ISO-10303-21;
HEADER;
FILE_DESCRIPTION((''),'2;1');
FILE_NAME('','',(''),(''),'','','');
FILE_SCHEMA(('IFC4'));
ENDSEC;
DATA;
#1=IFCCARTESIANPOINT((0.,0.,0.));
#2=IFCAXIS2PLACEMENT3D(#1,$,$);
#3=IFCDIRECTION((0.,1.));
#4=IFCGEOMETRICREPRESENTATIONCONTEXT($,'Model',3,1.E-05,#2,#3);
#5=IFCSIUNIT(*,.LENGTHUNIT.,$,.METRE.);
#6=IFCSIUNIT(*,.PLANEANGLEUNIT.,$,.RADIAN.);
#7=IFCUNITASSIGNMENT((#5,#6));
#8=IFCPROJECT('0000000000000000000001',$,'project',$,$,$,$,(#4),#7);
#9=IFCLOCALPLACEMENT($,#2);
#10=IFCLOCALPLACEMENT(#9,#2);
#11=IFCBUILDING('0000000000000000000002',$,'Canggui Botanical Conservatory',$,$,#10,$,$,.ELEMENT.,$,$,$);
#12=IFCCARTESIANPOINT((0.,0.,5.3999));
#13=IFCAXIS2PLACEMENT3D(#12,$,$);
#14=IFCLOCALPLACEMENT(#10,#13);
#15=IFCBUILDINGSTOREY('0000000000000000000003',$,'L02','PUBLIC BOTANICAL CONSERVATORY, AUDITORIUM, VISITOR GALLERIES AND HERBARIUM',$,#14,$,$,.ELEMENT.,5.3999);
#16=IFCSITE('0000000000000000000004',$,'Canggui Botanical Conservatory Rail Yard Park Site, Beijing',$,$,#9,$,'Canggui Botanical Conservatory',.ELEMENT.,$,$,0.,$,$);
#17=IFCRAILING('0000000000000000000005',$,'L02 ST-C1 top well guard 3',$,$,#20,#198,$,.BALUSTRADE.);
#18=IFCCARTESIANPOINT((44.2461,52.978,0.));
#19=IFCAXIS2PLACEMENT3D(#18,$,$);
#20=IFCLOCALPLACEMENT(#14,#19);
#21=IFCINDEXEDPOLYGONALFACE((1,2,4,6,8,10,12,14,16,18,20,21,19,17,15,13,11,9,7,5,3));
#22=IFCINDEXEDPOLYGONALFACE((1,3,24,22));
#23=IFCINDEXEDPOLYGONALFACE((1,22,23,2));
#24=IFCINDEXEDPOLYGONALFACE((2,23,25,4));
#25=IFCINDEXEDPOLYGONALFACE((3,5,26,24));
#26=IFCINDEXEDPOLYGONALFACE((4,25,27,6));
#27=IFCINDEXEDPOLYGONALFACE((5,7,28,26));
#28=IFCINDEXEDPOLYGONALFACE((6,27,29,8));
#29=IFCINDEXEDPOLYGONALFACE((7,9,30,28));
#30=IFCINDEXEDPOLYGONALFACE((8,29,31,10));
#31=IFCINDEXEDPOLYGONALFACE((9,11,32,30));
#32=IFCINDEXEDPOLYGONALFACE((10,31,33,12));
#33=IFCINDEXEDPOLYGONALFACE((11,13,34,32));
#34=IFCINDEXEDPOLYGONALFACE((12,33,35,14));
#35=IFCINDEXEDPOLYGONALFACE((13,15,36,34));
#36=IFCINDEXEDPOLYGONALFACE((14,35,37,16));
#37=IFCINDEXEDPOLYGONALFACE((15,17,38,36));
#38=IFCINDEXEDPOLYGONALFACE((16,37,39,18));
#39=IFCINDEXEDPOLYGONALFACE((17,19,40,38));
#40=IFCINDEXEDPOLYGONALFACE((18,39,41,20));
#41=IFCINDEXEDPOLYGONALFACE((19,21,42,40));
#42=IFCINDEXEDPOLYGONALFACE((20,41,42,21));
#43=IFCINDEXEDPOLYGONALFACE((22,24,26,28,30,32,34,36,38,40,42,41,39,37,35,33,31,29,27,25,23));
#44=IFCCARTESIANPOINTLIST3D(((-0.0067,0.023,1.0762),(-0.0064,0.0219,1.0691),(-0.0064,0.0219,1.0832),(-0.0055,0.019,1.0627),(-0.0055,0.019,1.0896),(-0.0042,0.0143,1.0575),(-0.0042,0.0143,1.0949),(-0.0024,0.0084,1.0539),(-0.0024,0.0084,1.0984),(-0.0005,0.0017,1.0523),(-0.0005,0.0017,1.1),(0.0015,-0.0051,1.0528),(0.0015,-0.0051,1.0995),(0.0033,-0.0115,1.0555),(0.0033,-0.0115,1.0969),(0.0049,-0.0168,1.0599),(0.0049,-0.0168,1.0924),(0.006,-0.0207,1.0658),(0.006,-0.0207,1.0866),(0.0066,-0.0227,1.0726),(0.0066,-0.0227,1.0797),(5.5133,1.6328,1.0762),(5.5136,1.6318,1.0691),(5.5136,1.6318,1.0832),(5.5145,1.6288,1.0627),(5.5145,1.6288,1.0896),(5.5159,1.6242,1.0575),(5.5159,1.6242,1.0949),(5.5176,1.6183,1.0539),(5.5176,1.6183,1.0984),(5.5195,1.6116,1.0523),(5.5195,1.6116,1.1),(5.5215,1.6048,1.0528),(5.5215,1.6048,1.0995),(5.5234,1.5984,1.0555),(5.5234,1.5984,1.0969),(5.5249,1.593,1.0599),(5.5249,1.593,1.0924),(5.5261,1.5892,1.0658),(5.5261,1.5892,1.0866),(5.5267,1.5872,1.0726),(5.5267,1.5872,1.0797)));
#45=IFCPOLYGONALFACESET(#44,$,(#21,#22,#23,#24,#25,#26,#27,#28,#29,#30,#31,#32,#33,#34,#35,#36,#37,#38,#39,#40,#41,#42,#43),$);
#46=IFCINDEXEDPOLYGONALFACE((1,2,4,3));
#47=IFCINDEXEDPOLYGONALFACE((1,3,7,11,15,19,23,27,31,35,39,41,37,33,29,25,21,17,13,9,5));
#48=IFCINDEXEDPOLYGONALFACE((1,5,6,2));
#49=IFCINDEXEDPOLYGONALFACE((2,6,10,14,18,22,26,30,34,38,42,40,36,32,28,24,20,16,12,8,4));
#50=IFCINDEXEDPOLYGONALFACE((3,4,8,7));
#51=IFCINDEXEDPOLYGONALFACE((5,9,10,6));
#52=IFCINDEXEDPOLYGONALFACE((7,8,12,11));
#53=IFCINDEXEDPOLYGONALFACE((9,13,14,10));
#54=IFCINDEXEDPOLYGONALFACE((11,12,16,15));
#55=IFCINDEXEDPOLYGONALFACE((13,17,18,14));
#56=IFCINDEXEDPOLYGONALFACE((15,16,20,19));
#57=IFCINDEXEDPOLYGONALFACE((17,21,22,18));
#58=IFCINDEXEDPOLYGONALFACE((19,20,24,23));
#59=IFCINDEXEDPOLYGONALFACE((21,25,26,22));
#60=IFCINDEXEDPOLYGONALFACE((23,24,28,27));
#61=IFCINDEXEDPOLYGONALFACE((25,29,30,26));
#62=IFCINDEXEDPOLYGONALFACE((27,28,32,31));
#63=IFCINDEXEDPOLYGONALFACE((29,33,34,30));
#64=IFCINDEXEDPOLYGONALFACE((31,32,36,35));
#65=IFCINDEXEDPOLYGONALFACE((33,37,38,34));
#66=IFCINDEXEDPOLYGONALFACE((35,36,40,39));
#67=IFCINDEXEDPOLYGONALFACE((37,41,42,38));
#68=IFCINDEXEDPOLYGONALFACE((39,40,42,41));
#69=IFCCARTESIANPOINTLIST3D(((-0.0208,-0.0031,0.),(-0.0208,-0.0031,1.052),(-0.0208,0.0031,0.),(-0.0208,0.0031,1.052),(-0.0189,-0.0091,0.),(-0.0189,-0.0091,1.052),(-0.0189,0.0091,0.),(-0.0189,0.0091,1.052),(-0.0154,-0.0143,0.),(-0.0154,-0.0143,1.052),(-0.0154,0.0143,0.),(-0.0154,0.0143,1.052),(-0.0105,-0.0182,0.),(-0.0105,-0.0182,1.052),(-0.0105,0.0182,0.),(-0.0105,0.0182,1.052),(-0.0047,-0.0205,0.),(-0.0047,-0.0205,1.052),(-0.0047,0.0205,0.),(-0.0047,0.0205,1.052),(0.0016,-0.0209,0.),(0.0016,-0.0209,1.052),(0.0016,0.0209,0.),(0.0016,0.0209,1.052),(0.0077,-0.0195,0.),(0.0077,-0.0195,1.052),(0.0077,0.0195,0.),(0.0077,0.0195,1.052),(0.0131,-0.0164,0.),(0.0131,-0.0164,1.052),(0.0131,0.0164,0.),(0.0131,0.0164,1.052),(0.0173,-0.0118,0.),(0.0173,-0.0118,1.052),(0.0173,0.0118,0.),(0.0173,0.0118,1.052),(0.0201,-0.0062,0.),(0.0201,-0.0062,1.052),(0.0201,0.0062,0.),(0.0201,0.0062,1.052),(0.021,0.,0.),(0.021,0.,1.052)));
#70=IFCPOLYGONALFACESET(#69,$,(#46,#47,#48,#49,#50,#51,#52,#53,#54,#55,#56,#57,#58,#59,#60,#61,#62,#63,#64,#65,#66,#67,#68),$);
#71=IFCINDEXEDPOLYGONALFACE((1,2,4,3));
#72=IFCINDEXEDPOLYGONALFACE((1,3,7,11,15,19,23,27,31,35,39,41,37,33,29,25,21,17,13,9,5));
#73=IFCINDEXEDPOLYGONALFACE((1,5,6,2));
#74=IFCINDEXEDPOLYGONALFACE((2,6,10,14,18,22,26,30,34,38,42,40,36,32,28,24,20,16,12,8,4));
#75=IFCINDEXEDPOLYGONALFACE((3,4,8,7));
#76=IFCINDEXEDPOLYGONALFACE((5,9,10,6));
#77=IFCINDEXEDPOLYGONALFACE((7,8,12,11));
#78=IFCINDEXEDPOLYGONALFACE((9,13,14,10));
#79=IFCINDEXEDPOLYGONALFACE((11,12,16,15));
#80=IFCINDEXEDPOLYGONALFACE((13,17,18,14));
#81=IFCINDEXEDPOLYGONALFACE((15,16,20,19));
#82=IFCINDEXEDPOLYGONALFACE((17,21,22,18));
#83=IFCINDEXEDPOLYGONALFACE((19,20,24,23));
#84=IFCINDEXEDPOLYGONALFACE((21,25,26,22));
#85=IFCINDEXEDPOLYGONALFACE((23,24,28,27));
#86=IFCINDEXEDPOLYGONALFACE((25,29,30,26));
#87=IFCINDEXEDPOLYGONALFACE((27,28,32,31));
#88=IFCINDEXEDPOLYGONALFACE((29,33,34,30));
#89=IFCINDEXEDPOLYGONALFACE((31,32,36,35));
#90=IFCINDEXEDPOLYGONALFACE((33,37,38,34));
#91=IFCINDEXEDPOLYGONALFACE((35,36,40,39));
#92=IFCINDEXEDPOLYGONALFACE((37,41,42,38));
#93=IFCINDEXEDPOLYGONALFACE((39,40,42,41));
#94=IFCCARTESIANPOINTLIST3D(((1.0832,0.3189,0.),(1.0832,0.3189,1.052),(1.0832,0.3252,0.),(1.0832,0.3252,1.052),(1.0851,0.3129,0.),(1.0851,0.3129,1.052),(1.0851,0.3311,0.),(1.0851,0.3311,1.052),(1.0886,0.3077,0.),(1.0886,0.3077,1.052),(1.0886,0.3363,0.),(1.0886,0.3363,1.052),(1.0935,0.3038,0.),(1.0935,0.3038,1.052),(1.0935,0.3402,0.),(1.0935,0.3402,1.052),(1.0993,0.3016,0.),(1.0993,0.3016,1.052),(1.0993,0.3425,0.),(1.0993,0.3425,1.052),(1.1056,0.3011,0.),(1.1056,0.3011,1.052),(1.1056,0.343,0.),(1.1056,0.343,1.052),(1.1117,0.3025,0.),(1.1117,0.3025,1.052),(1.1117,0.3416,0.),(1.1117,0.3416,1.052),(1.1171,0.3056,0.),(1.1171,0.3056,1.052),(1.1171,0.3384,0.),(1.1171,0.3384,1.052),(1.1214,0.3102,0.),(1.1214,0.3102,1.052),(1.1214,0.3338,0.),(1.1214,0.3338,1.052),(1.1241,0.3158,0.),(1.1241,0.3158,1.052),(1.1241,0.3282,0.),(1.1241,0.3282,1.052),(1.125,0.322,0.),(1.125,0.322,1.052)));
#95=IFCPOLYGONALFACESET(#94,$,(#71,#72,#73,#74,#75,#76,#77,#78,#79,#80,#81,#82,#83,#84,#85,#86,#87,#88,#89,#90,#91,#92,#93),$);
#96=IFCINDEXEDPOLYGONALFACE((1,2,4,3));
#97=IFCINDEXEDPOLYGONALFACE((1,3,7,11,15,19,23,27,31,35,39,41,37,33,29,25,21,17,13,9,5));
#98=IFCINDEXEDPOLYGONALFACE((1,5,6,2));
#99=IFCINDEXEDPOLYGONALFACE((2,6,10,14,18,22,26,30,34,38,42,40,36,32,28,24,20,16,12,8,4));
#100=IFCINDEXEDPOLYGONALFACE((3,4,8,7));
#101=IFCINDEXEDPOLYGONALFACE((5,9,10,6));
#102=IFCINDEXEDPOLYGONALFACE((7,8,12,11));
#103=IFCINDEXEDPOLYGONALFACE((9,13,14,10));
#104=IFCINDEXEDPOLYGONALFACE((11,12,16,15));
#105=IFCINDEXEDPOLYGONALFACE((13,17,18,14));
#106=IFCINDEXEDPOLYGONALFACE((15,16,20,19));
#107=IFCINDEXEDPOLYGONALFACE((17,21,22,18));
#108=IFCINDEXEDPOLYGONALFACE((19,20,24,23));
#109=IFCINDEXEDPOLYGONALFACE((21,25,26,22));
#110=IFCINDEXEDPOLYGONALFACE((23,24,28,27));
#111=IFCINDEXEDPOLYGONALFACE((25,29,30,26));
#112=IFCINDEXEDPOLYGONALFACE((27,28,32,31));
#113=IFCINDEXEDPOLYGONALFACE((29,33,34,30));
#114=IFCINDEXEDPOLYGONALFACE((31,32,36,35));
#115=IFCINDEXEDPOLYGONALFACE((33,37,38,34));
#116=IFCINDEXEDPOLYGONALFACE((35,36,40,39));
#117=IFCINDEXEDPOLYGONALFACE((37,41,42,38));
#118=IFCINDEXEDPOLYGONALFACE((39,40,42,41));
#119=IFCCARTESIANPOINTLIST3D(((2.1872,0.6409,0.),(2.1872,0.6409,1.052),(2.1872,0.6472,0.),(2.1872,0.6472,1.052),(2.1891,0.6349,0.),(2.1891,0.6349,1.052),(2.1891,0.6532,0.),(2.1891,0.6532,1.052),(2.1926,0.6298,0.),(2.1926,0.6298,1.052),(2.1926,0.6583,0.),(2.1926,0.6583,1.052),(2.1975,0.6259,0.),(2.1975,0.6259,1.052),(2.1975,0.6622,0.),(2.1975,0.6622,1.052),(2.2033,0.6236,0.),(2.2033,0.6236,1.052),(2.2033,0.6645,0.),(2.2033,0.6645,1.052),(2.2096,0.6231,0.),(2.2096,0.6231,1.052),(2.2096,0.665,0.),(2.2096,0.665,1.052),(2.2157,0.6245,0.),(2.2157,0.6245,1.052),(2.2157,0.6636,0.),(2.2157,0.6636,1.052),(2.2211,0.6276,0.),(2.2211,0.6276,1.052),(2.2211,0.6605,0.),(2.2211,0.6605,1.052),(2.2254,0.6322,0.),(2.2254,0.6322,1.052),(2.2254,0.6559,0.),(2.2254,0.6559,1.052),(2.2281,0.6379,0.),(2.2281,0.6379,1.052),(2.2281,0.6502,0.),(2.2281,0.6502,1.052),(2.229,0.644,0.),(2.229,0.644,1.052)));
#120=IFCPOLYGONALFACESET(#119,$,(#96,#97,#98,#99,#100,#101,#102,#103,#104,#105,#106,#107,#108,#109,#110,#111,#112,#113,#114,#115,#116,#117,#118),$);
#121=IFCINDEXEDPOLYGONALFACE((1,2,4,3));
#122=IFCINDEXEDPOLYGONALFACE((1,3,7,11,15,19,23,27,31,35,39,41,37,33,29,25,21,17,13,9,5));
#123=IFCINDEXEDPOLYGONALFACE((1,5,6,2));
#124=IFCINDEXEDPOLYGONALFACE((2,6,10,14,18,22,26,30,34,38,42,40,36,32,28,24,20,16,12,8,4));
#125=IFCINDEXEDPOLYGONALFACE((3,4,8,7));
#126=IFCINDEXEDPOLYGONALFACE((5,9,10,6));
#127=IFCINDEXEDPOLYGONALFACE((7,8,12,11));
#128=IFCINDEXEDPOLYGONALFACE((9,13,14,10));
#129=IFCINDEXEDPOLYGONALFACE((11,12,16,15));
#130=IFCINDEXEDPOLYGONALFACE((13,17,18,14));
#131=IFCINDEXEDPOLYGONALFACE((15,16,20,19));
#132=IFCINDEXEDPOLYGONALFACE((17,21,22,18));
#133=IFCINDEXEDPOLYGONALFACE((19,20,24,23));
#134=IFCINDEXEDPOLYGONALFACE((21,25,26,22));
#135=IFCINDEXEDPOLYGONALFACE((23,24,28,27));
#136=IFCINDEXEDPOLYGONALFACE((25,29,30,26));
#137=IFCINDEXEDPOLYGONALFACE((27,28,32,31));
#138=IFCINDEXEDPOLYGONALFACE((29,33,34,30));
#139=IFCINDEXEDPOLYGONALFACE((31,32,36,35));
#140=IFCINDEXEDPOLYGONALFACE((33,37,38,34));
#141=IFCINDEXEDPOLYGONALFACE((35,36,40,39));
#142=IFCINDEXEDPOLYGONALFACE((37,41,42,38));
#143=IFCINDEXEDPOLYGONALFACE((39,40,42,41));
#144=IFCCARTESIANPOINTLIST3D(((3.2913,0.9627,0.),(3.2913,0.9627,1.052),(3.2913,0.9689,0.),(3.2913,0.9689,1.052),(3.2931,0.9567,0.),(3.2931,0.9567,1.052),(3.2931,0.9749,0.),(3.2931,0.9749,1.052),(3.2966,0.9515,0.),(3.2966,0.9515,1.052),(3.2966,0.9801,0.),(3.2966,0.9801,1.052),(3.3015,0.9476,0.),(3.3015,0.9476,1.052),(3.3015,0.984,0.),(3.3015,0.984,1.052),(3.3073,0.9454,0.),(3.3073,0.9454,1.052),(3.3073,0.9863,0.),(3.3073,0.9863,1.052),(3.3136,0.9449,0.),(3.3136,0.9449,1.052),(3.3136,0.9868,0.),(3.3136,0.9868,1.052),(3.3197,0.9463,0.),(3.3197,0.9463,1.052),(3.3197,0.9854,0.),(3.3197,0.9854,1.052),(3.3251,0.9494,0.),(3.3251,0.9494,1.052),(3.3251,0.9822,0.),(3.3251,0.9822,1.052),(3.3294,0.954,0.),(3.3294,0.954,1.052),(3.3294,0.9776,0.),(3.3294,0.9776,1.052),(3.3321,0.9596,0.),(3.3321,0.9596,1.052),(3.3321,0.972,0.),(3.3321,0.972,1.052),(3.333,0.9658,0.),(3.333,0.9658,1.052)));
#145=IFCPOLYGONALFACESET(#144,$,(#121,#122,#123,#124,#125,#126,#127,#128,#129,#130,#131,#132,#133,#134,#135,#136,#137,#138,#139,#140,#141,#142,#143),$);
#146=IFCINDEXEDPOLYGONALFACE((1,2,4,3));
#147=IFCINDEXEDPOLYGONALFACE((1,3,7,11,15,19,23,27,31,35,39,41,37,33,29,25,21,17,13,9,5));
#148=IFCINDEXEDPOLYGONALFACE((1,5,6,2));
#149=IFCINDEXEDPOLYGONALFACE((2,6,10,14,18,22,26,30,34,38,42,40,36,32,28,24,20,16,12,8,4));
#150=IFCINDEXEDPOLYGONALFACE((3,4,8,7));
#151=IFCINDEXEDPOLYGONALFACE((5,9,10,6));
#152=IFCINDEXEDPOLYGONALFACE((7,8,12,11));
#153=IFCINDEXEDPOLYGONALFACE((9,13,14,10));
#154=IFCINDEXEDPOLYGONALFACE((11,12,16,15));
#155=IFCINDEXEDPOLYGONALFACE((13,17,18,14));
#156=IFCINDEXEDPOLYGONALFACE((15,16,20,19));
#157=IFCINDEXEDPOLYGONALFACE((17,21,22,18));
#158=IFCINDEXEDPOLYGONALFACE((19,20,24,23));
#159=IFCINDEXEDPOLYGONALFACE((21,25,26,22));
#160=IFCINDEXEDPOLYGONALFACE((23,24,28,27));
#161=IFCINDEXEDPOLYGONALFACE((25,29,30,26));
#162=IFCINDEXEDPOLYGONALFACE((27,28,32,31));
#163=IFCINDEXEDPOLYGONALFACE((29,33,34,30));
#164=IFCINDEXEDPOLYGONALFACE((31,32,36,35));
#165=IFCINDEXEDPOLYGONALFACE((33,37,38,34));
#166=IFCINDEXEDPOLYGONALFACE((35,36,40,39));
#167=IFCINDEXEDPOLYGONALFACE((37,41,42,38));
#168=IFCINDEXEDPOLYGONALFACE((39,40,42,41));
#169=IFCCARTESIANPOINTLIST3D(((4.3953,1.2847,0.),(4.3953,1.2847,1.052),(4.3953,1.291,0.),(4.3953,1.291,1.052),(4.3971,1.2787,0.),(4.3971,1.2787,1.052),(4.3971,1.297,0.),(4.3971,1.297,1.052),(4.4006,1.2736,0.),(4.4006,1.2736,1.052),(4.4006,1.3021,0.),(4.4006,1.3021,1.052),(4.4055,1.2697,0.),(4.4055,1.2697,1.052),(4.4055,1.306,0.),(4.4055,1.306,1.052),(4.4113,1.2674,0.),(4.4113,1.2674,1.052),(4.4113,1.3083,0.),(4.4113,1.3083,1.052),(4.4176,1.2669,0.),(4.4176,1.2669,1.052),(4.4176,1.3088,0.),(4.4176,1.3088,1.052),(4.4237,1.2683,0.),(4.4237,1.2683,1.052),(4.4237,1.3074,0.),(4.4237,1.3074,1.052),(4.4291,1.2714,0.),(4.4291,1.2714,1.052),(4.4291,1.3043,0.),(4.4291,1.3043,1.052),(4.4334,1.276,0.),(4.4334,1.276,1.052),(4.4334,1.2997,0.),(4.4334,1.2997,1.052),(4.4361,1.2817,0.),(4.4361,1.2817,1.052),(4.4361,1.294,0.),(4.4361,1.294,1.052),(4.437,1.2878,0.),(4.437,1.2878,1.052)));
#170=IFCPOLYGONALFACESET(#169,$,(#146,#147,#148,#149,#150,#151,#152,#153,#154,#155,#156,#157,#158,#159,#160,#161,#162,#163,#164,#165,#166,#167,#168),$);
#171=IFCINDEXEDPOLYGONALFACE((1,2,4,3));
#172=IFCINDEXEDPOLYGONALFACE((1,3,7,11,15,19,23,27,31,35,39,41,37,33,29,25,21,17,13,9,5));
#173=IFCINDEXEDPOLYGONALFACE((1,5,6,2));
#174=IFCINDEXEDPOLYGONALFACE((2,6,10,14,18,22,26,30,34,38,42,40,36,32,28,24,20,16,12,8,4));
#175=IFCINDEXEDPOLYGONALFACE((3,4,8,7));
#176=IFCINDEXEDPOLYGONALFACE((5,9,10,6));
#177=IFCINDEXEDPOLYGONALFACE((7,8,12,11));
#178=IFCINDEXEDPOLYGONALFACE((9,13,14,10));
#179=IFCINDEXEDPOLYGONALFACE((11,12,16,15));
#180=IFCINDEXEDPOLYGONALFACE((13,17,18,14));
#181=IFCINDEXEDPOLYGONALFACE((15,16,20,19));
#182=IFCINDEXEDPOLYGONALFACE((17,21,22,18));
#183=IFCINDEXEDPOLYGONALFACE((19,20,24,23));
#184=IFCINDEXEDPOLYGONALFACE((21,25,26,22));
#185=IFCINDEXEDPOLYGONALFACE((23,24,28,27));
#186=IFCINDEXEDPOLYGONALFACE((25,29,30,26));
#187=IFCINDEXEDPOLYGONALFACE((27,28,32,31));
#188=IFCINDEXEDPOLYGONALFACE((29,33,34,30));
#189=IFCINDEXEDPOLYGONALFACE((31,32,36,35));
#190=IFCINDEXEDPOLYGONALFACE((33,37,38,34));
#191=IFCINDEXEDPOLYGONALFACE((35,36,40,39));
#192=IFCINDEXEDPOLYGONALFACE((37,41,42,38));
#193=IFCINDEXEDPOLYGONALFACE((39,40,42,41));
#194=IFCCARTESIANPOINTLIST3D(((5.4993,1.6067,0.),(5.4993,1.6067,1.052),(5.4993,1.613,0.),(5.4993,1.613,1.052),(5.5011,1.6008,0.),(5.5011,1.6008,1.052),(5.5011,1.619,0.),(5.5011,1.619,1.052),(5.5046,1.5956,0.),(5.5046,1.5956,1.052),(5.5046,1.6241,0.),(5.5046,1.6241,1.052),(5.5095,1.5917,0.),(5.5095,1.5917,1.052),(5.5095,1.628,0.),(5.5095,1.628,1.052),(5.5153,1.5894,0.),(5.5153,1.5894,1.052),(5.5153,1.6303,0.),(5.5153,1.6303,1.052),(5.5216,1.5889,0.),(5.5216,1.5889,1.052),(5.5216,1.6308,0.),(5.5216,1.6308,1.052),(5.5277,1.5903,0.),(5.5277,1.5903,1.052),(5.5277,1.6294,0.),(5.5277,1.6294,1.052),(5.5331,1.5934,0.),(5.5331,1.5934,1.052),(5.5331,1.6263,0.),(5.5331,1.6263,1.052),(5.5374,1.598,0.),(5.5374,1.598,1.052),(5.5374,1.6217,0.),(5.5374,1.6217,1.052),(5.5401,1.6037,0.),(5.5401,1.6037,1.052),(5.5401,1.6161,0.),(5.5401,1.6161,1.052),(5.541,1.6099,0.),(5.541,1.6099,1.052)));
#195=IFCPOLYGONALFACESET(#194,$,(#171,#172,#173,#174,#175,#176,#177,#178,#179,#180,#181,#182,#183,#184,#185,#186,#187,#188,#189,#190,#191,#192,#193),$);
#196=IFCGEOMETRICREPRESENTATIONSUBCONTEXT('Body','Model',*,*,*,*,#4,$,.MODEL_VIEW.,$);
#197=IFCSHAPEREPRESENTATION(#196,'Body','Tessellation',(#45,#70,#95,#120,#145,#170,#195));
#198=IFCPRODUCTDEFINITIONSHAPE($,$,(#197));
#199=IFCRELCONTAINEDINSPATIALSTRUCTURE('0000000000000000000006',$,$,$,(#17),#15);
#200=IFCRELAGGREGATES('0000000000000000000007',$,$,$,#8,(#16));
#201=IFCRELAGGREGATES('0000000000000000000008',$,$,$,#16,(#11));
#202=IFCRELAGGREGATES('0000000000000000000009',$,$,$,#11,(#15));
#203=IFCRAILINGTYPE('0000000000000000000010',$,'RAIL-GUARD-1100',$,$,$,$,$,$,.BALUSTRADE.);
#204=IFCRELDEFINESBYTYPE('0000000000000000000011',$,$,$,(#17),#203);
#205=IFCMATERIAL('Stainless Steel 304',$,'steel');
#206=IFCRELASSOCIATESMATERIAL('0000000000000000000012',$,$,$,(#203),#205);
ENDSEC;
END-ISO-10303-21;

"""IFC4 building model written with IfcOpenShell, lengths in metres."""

from ifc_helpers import new_model, si_unit, direction, frame, origin, origin_2d, place, context, subcontext, project, spatial, circle, extrude, material, type_object, element, save


model = new_model("IFC4")

# Units and contexts
model_context = context("Model", 3, precision=1e-05, world=origin(), true_north=direction((0.0, 1.0)))
body_context = subcontext(model_context, "Body", "Model", "MODEL_VIEW")
ifc_project = project(units=[si_unit("LENGTHUNIT", "METRE"), si_unit("PLANEANGLEUNIT", "RADIAN")], contexts=[model_context])

# Site, building, storey
site_placement = place(None, origin())
site = spatial("IfcSite", under=ifc_project, at=site_placement, Name="Canggui Botanical Conservatory Rail Yard Park Site, Beijing", LongName="Canggui Botanical Conservatory", CompositionType="ELEMENT", RefElevation=0.0)
building_placement = place(site_placement, origin())
building = spatial("IfcBuilding", under=site, at=building_placement, Name="Canggui Botanical Conservatory", CompositionType="ELEMENT")
storey_placement = place(building_placement, frame((0.0, 0.0, 5.3999)))
storey = spatial("IfcBuildingStorey", under=building, at=storey_placement, Name="L02", Description="PUBLIC BOTANICAL CONSERVATORY, AUDITORIUM, VISITOR GALLERIES AND HERBARIUM", CompositionType="ELEMENT", Elevation=5.3999)

# Railing
ifc_material_1 = material(Name="Stainless Steel 304", Category="steel")
railing_type = type_object("IfcRailingType", Name="RAIL-GUARD-1100", PredefinedType="BALUSTRADE", material=ifc_material_1)
railing_1_placement = place(storey_placement, frame((44.2461, 52.978, 0.0)))
element("IfcRailing", 1, at=railing_1_placement, inside=storey, type_object=railing_type, Name="L02 ST-C1 top well guard 3", PredefinedType="BALUSTRADE", context=body_context, shape_type="SweptSolid", body=[
    extrude(circle(Radius=0.0239, at=origin_2d()), frame((0.0, 0.0, 1.0762), z_axis=(0.960007, 0.279977, 0.0), x_axis=(-0.279977, 0.960007, 0.0)), (0.0, 0.0, 1.0), 5.75),
    extrude(circle(Radius=0.021, at=origin_2d()), origin(), (0.0, 0.0, 1.0), 1.052),
    extrude(circle(Radius=0.021, at=origin_2d()), frame((1.104, 0.322, 0.0)), (0.0, 0.0, 1.0), 1.052),
    extrude(circle(Radius=0.021, at=origin_2d()), frame((2.208, 0.644, 0.0)), (0.0, 0.0, 1.0), 1.052),
    extrude(circle(Radius=0.021, at=origin_2d()), frame((3.312, 0.9658, 0.0)), (0.0, 0.0, 1.0), 1.052),
    extrude(circle(Radius=0.021, at=origin_2d()), frame((4.416, 1.2878, 0.0)), (0.0, 0.0, 1.0), 1.052),
    extrude(circle(Radius=0.021, at=origin_2d()), frame((5.52, 1.6099, 0.0)), (0.0, 0.0, 1.0), 1.052),
])

save(model, "model.ifc")
